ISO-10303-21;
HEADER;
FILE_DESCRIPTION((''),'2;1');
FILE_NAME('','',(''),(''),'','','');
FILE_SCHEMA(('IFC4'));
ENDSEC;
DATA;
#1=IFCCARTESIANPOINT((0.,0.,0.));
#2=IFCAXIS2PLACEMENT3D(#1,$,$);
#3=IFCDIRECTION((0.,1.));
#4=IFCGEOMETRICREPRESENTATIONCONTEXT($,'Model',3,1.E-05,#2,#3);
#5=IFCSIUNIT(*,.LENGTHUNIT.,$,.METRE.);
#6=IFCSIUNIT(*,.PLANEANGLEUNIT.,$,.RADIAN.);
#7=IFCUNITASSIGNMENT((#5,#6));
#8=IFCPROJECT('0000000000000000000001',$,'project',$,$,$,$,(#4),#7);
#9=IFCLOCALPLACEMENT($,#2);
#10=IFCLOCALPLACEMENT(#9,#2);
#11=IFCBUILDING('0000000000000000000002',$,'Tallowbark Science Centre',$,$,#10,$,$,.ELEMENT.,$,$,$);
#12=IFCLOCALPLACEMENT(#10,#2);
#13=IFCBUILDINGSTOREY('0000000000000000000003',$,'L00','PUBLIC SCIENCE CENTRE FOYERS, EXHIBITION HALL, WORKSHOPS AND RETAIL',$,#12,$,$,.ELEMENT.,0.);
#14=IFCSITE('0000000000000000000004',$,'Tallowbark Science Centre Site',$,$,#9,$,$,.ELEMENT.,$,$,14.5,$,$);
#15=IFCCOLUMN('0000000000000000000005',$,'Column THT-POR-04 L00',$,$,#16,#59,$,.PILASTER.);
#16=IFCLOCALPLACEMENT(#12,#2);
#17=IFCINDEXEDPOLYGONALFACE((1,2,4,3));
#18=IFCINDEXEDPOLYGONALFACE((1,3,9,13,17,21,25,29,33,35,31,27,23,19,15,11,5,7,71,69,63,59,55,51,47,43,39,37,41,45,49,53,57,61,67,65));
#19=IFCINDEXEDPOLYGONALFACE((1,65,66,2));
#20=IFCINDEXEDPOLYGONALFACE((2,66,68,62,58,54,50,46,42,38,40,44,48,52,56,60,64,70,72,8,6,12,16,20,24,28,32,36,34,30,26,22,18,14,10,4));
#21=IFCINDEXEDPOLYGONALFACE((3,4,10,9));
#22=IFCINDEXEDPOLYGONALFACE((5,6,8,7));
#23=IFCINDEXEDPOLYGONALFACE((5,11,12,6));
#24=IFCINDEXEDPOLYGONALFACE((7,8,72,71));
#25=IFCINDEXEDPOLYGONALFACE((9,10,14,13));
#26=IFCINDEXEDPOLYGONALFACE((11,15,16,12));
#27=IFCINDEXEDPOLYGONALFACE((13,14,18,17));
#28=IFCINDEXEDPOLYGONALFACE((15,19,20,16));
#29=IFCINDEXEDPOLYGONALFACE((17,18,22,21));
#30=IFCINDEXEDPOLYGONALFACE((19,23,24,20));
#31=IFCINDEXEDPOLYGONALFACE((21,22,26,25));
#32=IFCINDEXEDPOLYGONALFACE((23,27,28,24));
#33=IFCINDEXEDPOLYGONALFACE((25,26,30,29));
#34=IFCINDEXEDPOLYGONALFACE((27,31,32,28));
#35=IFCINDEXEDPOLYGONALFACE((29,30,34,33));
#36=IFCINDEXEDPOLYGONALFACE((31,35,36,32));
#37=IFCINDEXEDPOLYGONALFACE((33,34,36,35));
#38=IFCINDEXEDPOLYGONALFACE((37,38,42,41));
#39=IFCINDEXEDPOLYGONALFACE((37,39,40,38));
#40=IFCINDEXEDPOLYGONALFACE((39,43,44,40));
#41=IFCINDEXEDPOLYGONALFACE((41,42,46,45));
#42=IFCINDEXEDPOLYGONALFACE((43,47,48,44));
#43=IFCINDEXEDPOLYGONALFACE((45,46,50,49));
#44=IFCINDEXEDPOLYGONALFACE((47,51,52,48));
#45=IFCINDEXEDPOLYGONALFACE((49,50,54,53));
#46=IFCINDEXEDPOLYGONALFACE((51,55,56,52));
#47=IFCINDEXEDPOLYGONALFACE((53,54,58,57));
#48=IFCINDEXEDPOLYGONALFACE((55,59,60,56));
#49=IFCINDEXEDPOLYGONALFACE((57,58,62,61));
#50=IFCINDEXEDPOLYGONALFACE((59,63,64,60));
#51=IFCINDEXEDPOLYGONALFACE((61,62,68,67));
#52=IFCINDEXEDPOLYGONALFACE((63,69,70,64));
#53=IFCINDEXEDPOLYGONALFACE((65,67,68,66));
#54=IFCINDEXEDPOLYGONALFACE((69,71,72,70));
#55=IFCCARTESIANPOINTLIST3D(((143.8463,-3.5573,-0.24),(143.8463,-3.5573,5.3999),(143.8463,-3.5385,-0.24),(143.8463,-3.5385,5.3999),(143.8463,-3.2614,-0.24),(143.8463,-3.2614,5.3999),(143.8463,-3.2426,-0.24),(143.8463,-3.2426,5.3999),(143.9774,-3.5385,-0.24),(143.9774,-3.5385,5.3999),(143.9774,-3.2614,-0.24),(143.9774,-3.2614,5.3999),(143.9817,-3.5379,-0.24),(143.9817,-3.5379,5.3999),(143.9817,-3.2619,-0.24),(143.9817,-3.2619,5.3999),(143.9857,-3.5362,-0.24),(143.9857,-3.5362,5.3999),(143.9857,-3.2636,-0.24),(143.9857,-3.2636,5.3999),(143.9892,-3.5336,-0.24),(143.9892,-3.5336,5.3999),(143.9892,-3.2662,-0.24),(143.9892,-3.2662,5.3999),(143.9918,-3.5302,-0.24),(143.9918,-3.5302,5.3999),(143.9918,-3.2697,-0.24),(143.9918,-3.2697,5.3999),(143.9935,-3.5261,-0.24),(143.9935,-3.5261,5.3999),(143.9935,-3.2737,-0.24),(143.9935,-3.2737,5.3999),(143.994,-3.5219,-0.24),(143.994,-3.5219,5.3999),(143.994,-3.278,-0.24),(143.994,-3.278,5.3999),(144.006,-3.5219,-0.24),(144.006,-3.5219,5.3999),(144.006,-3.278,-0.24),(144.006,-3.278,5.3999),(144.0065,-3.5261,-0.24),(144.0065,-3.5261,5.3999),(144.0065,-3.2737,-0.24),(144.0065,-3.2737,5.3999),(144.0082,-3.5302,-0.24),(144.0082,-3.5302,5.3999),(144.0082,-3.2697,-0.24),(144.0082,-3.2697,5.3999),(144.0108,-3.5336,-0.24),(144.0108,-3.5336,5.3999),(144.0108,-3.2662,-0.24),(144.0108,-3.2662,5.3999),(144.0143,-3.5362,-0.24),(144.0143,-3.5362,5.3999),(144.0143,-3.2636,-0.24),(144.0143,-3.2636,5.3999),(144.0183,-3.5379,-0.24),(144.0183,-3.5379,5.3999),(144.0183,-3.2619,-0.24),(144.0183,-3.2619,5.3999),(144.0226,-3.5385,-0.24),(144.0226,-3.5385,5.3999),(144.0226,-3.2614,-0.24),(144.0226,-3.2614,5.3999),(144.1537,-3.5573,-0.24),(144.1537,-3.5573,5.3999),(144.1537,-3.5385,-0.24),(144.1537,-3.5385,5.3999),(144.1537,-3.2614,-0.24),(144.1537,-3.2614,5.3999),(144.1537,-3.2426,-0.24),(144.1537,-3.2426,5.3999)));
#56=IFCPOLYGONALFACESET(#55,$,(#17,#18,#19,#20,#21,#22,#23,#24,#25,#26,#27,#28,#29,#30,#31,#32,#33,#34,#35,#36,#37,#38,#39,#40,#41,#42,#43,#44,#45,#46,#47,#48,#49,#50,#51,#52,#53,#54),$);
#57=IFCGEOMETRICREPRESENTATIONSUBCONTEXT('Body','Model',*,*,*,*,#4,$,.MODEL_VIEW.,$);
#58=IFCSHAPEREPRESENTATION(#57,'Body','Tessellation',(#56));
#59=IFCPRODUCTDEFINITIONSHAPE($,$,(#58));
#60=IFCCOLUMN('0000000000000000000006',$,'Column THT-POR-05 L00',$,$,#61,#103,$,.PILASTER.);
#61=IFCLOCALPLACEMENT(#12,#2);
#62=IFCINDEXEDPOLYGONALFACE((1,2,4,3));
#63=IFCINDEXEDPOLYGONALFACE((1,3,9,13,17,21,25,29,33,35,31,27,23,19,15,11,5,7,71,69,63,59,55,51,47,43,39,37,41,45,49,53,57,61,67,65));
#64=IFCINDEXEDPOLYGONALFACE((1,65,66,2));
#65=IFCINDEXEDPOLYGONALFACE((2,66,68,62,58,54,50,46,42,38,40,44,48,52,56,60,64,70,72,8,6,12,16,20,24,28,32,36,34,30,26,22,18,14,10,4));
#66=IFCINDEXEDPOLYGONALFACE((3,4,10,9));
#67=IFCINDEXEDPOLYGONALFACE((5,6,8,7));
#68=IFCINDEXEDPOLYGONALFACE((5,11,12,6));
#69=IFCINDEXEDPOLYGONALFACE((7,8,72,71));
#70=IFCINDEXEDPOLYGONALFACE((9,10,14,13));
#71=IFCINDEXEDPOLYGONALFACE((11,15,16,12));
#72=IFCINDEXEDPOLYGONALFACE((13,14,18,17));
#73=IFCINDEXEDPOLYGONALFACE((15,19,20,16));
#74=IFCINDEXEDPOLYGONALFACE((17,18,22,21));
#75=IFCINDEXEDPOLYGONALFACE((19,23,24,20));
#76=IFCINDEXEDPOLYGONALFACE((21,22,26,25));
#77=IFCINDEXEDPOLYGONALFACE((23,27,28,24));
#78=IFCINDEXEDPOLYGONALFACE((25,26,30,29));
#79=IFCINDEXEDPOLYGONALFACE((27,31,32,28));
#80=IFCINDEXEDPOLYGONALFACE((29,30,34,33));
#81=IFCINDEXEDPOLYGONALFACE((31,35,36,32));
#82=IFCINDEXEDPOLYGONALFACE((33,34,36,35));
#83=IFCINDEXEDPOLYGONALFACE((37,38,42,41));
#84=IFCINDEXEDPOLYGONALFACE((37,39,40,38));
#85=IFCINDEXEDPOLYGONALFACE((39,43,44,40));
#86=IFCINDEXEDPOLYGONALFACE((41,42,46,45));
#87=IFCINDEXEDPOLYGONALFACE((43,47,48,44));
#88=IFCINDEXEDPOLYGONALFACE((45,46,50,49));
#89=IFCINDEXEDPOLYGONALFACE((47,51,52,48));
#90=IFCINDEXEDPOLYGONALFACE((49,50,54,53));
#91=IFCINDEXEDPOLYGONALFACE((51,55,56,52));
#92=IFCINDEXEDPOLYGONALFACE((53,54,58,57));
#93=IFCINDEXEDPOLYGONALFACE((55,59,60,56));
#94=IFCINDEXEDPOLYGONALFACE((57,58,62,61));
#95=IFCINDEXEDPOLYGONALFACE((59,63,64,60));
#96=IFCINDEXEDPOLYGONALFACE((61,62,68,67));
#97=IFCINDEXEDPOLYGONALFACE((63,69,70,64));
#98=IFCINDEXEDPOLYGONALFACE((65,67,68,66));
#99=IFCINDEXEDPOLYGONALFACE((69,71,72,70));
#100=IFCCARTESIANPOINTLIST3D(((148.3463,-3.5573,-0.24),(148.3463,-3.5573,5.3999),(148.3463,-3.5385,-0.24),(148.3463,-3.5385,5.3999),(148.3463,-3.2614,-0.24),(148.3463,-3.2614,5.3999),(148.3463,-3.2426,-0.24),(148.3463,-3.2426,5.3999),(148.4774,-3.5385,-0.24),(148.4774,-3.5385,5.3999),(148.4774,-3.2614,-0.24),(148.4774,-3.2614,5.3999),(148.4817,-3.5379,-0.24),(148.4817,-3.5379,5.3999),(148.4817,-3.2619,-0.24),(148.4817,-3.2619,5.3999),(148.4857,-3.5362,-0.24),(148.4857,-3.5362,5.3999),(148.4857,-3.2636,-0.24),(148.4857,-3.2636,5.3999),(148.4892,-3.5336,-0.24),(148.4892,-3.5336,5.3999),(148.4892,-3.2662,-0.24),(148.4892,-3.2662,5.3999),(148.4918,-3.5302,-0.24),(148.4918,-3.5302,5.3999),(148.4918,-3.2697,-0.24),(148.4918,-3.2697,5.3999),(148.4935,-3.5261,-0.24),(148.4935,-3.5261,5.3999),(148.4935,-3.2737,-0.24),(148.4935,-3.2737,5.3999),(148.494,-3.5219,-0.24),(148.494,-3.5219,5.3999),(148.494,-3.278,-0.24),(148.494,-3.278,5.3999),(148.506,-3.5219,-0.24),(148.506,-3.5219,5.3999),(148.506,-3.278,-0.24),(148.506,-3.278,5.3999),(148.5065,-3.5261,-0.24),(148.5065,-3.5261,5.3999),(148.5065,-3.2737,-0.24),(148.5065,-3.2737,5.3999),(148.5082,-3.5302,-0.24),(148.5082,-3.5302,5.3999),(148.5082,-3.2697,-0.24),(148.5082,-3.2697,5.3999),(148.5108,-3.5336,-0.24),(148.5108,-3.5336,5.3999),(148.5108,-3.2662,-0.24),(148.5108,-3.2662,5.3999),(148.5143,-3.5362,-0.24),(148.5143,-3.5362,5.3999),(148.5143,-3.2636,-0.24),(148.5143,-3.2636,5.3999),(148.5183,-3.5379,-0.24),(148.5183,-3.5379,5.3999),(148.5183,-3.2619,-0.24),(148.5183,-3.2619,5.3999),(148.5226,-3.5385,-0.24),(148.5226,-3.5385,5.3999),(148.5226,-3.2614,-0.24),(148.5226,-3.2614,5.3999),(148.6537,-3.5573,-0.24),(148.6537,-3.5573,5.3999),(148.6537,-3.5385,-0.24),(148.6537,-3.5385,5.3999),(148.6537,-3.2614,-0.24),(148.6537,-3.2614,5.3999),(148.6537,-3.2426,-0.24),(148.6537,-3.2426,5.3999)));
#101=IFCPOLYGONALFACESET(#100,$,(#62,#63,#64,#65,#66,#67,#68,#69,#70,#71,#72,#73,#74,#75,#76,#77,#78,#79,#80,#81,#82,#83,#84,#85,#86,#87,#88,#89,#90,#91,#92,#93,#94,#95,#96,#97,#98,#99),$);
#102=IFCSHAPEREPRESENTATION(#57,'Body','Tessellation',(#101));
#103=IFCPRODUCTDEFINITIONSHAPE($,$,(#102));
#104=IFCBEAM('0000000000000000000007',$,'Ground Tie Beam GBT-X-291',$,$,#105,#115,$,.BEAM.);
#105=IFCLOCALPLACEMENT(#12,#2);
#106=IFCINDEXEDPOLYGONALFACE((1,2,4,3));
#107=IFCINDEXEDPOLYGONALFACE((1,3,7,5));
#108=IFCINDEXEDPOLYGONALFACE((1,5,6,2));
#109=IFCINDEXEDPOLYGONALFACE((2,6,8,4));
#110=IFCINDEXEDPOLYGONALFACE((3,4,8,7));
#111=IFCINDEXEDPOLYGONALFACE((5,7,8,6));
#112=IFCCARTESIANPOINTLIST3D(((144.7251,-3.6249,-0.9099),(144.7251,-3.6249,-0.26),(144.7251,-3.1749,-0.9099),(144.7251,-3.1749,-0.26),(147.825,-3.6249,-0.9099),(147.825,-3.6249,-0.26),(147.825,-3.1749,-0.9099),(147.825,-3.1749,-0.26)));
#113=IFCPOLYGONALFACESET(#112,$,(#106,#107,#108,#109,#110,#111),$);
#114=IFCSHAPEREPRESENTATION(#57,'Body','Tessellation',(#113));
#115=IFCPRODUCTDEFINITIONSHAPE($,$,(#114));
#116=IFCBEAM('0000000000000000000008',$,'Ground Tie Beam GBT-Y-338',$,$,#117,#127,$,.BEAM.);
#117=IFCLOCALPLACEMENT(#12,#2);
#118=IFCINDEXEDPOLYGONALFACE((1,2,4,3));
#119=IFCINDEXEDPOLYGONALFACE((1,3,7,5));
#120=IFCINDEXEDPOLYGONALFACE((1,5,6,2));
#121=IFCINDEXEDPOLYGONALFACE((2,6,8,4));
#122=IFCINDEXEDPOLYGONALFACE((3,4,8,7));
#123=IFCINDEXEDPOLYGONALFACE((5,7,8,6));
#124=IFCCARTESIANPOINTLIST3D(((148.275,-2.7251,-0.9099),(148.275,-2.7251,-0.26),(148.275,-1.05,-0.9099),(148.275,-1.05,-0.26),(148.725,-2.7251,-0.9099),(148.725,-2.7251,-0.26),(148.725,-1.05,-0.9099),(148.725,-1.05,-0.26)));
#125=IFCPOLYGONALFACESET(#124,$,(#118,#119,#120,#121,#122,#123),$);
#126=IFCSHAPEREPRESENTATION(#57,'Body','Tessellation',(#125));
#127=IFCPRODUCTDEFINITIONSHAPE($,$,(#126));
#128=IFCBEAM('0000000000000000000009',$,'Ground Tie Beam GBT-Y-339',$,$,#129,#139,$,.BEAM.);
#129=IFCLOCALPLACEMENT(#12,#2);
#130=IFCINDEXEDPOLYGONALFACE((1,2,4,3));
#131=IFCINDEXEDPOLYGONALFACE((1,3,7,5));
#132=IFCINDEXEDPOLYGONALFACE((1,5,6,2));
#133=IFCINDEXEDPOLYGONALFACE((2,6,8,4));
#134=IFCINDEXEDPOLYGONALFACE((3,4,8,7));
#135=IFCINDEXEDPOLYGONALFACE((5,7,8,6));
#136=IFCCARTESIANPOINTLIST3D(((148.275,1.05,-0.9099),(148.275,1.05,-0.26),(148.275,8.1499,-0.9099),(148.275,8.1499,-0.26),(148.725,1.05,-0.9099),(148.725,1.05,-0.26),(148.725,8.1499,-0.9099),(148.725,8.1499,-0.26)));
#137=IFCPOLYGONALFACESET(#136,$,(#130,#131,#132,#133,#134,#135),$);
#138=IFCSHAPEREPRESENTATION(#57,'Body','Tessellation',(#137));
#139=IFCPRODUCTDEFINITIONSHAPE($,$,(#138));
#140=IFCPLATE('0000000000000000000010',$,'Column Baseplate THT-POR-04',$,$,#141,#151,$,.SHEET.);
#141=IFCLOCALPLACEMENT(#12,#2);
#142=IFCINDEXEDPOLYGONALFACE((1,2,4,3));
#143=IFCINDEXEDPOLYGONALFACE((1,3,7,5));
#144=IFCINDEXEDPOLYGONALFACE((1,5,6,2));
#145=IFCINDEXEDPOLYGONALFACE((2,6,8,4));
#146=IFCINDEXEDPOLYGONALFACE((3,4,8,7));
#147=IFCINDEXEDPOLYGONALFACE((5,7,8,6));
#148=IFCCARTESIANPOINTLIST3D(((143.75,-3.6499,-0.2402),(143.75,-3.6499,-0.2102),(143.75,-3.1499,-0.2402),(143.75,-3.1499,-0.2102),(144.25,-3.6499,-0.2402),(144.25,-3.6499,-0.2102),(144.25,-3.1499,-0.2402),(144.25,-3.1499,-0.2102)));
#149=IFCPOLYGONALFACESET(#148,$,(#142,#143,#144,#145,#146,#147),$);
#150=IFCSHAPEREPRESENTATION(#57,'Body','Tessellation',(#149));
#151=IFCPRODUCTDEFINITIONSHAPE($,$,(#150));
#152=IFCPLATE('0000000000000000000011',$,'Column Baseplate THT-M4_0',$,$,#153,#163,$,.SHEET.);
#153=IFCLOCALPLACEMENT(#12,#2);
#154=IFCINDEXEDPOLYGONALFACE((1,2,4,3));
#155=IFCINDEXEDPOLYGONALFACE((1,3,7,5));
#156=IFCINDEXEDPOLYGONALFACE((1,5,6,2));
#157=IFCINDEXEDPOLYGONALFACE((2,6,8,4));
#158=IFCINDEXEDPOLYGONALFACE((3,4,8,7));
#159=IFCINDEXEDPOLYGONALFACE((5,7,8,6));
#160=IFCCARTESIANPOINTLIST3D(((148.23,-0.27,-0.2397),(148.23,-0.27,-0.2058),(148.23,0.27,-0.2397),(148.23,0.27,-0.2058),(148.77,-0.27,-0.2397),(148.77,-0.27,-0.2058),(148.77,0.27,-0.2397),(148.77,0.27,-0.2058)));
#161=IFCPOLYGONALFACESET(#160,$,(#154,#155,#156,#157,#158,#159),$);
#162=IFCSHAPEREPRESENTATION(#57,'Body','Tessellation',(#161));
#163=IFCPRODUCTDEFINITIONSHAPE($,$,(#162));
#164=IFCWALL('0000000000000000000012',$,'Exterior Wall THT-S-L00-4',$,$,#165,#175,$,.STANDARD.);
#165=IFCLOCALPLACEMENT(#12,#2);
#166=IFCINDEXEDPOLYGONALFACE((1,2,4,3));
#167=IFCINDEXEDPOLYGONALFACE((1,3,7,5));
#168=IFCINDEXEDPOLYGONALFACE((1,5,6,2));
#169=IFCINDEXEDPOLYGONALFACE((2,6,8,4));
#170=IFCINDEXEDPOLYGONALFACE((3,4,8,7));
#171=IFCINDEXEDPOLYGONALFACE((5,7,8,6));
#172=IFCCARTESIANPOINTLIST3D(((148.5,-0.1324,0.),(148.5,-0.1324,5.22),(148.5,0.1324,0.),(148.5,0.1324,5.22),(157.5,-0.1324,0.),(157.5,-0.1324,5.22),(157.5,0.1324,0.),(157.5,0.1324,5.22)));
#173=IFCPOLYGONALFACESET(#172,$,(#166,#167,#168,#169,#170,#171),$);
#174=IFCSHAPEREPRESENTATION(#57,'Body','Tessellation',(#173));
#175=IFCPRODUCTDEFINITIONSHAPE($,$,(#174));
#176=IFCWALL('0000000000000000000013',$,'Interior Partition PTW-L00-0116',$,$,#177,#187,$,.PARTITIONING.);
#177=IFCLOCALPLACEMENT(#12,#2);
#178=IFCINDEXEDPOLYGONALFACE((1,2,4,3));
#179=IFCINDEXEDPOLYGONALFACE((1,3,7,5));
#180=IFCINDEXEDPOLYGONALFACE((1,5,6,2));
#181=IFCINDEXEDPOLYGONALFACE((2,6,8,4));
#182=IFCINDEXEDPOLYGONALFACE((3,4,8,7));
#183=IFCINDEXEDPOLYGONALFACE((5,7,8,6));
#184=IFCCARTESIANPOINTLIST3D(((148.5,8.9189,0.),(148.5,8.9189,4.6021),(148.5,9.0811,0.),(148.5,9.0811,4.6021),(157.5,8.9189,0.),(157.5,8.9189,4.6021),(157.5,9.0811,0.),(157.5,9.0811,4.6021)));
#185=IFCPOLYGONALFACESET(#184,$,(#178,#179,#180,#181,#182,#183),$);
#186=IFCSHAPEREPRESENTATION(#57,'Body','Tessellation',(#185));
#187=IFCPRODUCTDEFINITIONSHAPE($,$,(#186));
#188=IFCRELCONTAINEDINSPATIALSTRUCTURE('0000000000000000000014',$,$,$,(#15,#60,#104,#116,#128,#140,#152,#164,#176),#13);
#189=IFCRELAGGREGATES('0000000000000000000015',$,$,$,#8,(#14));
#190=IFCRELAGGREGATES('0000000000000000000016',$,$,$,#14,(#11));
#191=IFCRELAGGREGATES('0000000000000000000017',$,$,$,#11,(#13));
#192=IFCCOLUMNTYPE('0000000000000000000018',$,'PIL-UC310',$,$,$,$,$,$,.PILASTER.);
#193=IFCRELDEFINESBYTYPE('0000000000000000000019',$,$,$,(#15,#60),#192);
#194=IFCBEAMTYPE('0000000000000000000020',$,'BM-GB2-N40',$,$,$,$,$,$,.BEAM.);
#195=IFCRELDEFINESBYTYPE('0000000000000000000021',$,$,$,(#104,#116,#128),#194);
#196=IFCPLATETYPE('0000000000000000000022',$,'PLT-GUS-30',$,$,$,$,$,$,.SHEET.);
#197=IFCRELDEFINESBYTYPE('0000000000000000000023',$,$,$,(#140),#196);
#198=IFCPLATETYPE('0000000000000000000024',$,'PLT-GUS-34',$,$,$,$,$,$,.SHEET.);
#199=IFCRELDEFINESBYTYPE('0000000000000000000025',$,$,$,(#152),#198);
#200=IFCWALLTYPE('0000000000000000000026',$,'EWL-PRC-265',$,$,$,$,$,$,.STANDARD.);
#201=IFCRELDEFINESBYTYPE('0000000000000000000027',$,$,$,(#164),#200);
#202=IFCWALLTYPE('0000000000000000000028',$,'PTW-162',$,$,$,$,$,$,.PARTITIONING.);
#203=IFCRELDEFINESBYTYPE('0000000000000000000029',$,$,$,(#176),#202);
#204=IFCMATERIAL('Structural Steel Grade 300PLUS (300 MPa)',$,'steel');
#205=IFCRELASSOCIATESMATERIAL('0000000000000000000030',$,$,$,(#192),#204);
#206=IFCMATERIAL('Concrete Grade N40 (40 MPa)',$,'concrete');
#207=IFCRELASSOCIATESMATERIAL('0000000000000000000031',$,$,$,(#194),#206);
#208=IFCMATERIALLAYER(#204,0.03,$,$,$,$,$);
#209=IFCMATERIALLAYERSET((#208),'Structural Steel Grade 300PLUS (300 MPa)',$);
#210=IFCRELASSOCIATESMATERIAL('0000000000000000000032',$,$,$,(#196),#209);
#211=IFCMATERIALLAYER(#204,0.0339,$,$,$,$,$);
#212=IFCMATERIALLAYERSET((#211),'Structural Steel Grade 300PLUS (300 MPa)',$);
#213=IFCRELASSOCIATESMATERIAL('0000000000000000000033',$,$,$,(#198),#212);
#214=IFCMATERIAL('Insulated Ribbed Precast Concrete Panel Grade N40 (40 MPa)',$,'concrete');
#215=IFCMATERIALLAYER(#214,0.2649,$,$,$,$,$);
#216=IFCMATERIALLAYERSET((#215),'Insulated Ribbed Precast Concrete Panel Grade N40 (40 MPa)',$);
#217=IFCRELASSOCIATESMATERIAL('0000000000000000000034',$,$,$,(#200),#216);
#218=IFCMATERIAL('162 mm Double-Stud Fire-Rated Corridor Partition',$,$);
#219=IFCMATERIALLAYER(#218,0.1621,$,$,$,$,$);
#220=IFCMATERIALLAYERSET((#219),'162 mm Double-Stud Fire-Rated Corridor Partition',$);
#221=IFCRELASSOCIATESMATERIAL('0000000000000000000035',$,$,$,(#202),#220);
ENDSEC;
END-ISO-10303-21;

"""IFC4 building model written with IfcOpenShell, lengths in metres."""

from ifc_helpers import new_model, si_unit, direction, frame, frame_2d, origin, origin_2d, place, context, subcontext, project, spatial, rectangle, i_section, extrude, material, layer, layer_set, material_profile, profile_set, type_object, element, save


model = new_model("IFC4")

# Units and contexts
model_context = context("Model", 3, precision=1e-05, world=origin(), true_north=direction((0.0, 1.0)))
body_context = subcontext(model_context, "Body", "Model", "MODEL_VIEW")
ifc_project = project(units=[si_unit("LENGTHUNIT", "METRE"), si_unit("PLANEANGLEUNIT", "RADIAN")], contexts=[model_context])

# Site, building, storey
site_placement = place(None, origin())
site = spatial("IfcSite", under=ifc_project, at=site_placement, Name="Tallowbark Science Centre Site", CompositionType="ELEMENT", RefElevation=14.5)
building_placement = place(site_placement, origin())
building = spatial("IfcBuilding", under=site, at=building_placement, Name="Tallowbark Science Centre", CompositionType="ELEMENT")
storey_placement = place(building_placement, origin())
storey = spatial("IfcBuildingStorey", under=building, at=storey_placement, Name="L00", Description="PUBLIC SCIENCE CENTRE FOYERS, EXHIBITION HALL, WORKSHOPS AND RETAIL", CompositionType="ELEMENT", Elevation=0.0)

# Shared definitions
ifc_material_1 = material(Name="Concrete Grade N40 (40 MPa)", Category="concrete")

# Columns
ifc_material_2 = material(Name="Structural Steel Grade 300PLUS (300 MPa)", Category="steel")
ifc_material_profile_1 = material_profile(ifc_material_2, i_section(OverallWidth=0.3074, OverallDepth=0.3147, WebThickness=0.012, FlangeThickness=0.0188, FilletRadius=0.0166, at=origin_2d()), Name="310UC118")
ifc_profile_set_1 = profile_set([ifc_material_profile_1], Name="Structural Steel Grade 300PLUS (300 MPa)")
column_type_1 = type_object("IfcColumnType", Name="PIL-UC310", PredefinedType="PILASTER", material=ifc_profile_set_1)
for number, where, z_axis, x_axis, name in (
    (1, (144.0, -3.3999, -0.24), (0.0, 0.0, 1.0), (1.0, 0.0, 0.0), "Column THT-POR-04 L00"),
    (2, (148.5, -3.3999, -0.24), (0.0, 0.0, 1.0), (1.0, 0.0, 0.0), "Column THT-POR-05 L00"),
):
    element("IfcColumn", number, at=place(storey_placement, frame(where, z_axis=z_axis, x_axis=x_axis)), inside=storey, type_object=column_type_1, Name=name, PredefinedType="PILASTER", context=body_context, shape_type="SweptSolid", body=[
        extrude(i_section(OverallWidth=0.3074, OverallDepth=0.3147, WebThickness=0.012, FlangeThickness=0.0188, FilletRadius=0.0166, at=origin_2d()), origin(), (0.0, 0.0, 1.0), 5.6399),
    ])

# Beams
ifc_material_profile_2 = material_profile(ifc_material_1, rectangle(XDim=0.45, YDim=0.6499, at=origin_2d()), Name="RC450x650")
ifc_profile_set_2 = profile_set([ifc_material_profile_2], Name="Concrete Grade N40 (40 MPa)")
beam_type = type_object("IfcBeamType", Name="BM-GB2-N40", PredefinedType="BEAM", material=ifc_profile_set_2)
beam_1_placement = place(storey_placement, frame((144.7251, -3.3999, -0.585), z_axis=(1.0, 0.0, 0.0), x_axis=(0.0, 1.0, 0.0)))
element("IfcBeam", 3, at=beam_1_placement, inside=storey, type_object=beam_type, Name="Ground Tie Beam GBT-X-291", PredefinedType="BEAM", context=body_context, shape_type="SweptSolid", body=[
    extrude(rectangle(XDim=0.45, YDim=0.6499, at=origin_2d()), origin(), (0.0, 0.0, 1.0), 3.0999),
])
beam_2_placement = place(storey_placement, frame((148.5, -2.7251, -0.585), z_axis=(0.0, 1.0, 0.0), x_axis=(-1.0, 0.0, 0.0)))
element("IfcBeam", 4, at=beam_2_placement, inside=storey, type_object=beam_type, Name="Ground Tie Beam GBT-Y-338", PredefinedType="BEAM", context=body_context, shape_type="SweptSolid", body=[
    extrude(rectangle(XDim=0.45, YDim=0.6499, at=origin_2d()), origin(), (0.0, 0.0, 1.0), 1.675),
])
beam_3_placement = place(storey_placement, frame((148.5, 1.05, -0.585), z_axis=(0.0, 1.0, 0.0), x_axis=(-1.0, 0.0, 0.0)))
element("IfcBeam", 5, at=beam_3_placement, inside=storey, type_object=beam_type, Name="Ground Tie Beam GBT-Y-339", PredefinedType="BEAM", context=body_context, shape_type="SweptSolid", body=[
    extrude(rectangle(XDim=0.45, YDim=0.6499, at=origin_2d()), origin(), (0.0, 0.0, 1.0), 7.0999),
])

# Plates
ifc_layer_1 = layer(ifc_material_2, 0.03)
ifc_layer_set_1 = layer_set([ifc_layer_1], Name="Structural Steel Grade 300PLUS (300 MPa)")
plate_type_1 = type_object("IfcPlateType", Name="PLT-GUS-30", PredefinedType="SHEET", material=ifc_layer_set_1)
plate_1_placement = place(storey_placement, frame((144.0, -3.3999, -0.2402), z_axis=(0.0, 0.0, 1.0), x_axis=(1.0, 0.0, 0.0)))
element("IfcPlate", 6, at=plate_1_placement, inside=storey, type_object=plate_type_1, Name="Column Baseplate THT-POR-04", PredefinedType="SHEET", context=body_context, shape_type="SweptSolid", body=[
    extrude(rectangle(XDim=0.5, YDim=0.5, at=origin_2d()), origin(), (0.0, 0.0, 1.0), 0.03),
])
ifc_layer_2 = layer(ifc_material_2, 0.0339)
ifc_layer_set_2 = layer_set([ifc_layer_2], Name="Structural Steel Grade 300PLUS (300 MPa)")
plate_type_2 = type_object("IfcPlateType", Name="PLT-GUS-34", PredefinedType="SHEET", material=ifc_layer_set_2)
plate_2_placement = place(storey_placement, frame((148.5, 0.0, -0.2397), z_axis=(0.0, 0.0, 1.0), x_axis=(1.0, 0.0, 0.0)))
element("IfcPlate", 7, at=plate_2_placement, inside=storey, type_object=plate_type_2, Name="Column Baseplate THT-M4_0", PredefinedType="SHEET", context=body_context, shape_type="SweptSolid", body=[
    extrude(rectangle(XDim=0.54, YDim=0.54, at=origin_2d()), origin(), (0.0, 0.0, 1.0), 0.0339),
])

# Walls
ifc_material_3 = material(Name="Insulated Ribbed Precast Concrete Panel Grade N40 (40 MPa)", Category="concrete")
ifc_layer_3 = layer(ifc_material_3, 0.2649)
ifc_layer_set_3 = layer_set([ifc_layer_3], Name="Insulated Ribbed Precast Concrete Panel Grade N40 (40 MPa)")
wall_type_1 = type_object("IfcWallType", Name="EWL-PRC-265", PredefinedType="STANDARD", material=ifc_layer_set_3)
wall_1_placement = place(storey_placement, frame((148.5, 0.0, 0.0), z_axis=(0.0, 0.0, 1.0), x_axis=(1.0, 0.0, 0.0)))
element("IfcWall", 8, at=wall_1_placement, inside=storey, type_object=wall_type_1, Name="Exterior Wall THT-S-L00-4", PredefinedType="STANDARD", context=body_context, shape_type="SweptSolid", body=[
    extrude(rectangle(XDim=9.0, YDim=0.2649, at=frame_2d((4.5, 0.0))), origin(), (0.0, 0.0, 1.0), 5.22),
])
ifc_material_4 = material(Name="162 mm Double-Stud Fire-Rated Corridor Partition")
ifc_layer_4 = layer(ifc_material_4, 0.1621)
ifc_layer_set_4 = layer_set([ifc_layer_4], Name="162 mm Double-Stud Fire-Rated Corridor Partition")
wall_type_2 = type_object("IfcWallType", Name="PTW-162", PredefinedType="PARTITIONING", material=ifc_layer_set_4)
wall_2_placement = place(storey_placement, frame((148.5, 9.0, 0.0), z_axis=(0.0, 0.0, 1.0), x_axis=(1.0, 0.0, 0.0)))
element("IfcWall", 9, at=wall_2_placement, inside=storey, type_object=wall_type_2, Name="Interior Partition PTW-L00-0116", PredefinedType="PARTITIONING", context=body_context, shape_type="SweptSolid", body=[
    extrude(rectangle(XDim=9.0, YDim=0.1621, at=frame_2d((4.5, 0.0))), origin(), (0.0, 0.0, 1.0), 4.6021),
])

save(model, "model.ifc")
